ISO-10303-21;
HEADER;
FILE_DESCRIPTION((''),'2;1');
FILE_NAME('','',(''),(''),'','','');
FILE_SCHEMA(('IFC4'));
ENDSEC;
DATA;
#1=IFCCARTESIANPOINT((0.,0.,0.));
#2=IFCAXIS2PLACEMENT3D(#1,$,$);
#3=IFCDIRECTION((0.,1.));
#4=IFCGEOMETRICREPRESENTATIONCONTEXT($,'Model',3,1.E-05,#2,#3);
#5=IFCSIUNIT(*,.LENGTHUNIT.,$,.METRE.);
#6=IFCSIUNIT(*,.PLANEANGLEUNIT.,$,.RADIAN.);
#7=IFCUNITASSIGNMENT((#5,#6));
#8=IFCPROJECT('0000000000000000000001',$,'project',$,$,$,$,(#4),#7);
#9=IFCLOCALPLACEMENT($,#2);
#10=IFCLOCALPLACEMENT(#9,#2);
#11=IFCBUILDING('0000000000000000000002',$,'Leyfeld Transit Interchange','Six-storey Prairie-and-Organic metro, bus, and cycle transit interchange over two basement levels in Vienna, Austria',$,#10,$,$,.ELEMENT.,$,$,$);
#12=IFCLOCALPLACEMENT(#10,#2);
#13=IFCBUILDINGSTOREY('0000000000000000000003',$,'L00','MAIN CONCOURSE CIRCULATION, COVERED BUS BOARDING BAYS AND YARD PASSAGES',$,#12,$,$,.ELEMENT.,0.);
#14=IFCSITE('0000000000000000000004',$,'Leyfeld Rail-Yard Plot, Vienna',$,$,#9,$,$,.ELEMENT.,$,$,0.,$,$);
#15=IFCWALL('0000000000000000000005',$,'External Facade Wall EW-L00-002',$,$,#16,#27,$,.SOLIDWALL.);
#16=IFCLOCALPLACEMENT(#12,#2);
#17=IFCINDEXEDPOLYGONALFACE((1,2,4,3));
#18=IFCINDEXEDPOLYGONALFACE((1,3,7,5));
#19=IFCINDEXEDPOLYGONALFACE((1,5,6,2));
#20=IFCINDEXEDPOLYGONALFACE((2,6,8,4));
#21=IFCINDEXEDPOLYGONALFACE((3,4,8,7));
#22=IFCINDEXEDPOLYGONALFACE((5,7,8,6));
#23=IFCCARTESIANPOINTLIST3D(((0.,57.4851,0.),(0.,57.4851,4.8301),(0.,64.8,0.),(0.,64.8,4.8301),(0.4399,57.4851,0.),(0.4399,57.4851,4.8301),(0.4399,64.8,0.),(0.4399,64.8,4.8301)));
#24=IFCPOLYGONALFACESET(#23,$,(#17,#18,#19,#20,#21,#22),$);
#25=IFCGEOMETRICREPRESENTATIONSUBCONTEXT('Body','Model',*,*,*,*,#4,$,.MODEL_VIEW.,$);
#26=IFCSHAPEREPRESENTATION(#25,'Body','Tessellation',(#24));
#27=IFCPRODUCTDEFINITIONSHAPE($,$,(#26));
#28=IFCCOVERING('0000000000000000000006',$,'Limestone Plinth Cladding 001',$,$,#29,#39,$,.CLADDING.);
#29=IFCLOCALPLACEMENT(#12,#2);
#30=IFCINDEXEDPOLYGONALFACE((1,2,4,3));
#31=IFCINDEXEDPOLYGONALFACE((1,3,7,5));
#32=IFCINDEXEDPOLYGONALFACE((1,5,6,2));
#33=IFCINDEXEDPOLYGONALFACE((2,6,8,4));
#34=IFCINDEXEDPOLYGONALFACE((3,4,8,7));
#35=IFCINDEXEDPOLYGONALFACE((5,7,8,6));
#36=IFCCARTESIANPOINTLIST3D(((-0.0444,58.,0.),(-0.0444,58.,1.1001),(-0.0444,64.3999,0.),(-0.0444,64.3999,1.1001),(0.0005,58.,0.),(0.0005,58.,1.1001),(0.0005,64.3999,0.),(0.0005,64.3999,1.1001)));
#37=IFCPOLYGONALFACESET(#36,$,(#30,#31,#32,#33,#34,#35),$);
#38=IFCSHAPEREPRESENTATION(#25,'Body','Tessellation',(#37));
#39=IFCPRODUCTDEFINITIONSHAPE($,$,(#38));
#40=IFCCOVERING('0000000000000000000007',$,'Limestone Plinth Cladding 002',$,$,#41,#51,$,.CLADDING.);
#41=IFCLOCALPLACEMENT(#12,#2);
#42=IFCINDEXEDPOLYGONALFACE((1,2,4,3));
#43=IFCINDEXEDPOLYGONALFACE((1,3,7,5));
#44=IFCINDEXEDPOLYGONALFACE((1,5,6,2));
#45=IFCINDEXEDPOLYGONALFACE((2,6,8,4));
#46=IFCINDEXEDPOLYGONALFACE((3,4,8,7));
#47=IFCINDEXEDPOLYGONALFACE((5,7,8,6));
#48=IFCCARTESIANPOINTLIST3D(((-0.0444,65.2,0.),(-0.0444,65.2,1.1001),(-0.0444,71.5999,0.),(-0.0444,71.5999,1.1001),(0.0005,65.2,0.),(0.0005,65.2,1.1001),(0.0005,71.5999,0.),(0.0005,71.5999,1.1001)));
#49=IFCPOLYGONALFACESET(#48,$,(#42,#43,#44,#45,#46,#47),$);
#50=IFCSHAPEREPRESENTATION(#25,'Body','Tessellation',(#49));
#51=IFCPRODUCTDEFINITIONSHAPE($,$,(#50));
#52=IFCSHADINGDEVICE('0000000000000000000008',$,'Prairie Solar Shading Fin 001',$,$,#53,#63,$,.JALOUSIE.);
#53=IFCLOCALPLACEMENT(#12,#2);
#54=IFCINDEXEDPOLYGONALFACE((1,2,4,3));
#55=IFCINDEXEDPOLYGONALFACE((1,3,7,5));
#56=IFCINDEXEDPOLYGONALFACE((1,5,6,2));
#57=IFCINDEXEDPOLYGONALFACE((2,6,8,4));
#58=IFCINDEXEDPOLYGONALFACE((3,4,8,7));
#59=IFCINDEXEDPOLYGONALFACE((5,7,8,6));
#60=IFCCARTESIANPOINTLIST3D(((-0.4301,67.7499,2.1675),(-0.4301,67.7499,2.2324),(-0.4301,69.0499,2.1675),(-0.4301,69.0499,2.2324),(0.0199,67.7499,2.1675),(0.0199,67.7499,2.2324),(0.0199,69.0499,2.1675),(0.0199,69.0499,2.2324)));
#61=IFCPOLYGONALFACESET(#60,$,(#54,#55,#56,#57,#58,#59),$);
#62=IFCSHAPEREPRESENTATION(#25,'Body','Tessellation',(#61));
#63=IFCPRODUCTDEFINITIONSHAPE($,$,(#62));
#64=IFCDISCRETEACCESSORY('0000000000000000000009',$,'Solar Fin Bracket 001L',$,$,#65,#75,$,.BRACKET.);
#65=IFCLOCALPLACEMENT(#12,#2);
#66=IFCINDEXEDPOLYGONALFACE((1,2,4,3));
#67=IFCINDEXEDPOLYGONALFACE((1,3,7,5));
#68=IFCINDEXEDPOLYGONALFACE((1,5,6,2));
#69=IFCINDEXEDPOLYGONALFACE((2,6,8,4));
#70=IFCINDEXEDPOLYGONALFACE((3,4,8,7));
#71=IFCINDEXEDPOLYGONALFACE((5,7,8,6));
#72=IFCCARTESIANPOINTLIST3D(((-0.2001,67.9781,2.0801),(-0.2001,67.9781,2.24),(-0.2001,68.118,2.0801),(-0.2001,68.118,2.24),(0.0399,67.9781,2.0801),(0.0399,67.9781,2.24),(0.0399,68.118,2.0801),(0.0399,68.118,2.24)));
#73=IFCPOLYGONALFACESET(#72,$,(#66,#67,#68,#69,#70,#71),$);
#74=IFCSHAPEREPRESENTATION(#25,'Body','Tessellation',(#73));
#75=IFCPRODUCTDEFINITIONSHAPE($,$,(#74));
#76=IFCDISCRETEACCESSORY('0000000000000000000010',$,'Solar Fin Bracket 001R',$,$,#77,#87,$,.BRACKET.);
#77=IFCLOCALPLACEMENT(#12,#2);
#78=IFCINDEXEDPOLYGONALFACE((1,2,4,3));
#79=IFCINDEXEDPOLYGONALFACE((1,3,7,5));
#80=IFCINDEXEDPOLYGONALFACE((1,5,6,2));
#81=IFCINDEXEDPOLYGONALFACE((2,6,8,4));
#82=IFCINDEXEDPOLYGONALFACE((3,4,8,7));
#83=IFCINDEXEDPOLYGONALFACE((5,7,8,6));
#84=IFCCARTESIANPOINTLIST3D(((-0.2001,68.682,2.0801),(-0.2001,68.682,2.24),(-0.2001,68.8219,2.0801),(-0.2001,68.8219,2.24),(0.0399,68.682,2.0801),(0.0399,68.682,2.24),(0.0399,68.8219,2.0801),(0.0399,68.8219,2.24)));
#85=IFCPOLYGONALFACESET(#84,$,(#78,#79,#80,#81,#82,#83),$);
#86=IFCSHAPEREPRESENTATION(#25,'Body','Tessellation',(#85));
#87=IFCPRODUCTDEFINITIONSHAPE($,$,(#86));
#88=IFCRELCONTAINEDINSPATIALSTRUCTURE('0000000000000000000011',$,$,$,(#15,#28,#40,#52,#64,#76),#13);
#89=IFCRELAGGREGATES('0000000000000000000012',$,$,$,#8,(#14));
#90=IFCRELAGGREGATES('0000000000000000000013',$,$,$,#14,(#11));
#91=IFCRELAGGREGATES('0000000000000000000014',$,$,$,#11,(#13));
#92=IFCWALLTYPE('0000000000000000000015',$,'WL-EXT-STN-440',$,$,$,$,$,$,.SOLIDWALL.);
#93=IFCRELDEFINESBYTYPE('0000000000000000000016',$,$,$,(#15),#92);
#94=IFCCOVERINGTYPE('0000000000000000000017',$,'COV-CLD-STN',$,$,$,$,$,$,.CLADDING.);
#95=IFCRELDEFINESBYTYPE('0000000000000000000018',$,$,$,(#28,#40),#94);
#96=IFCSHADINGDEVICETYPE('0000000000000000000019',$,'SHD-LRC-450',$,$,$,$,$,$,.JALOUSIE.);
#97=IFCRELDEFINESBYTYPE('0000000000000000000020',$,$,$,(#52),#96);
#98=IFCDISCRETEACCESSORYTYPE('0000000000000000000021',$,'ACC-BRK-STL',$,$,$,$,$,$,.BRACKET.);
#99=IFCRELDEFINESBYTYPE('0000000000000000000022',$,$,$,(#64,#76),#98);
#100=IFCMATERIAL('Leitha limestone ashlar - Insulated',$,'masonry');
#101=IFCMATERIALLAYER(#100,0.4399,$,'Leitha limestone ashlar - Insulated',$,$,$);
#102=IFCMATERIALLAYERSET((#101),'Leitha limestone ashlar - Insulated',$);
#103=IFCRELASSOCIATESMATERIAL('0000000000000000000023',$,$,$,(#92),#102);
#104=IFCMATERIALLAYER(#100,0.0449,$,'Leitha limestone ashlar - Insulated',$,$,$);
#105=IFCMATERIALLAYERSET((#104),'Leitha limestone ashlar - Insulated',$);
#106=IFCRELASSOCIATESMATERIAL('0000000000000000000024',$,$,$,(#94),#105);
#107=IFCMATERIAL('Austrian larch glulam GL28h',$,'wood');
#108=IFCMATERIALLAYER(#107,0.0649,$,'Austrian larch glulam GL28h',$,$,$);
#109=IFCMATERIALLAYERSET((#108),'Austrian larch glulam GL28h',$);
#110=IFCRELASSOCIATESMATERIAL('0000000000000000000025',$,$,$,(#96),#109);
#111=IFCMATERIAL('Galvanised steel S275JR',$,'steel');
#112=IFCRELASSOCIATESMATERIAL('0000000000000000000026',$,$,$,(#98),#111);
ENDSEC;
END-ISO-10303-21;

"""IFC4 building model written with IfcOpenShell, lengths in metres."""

from ifc_helpers import new_model, si_unit, direction, frame, frame_2d, origin, origin_2d, place, context, subcontext, project, spatial, rectangle, extrude, material, layer, layer_set, type_object, element, save


model = new_model("IFC4")

# Units and contexts
model_context = context("Model", 3, precision=1e-05, world=origin(), true_north=direction((0.0, 1.0)))
body_context = subcontext(model_context, "Body", "Model", "MODEL_VIEW")
ifc_project = project(units=[si_unit("LENGTHUNIT", "METRE"), si_unit("PLANEANGLEUNIT", "RADIAN")], contexts=[model_context])

# Site, building, storey
site_placement = place(None, origin())
site = spatial("IfcSite", under=ifc_project, at=site_placement, Name="Leyfeld Rail-Yard Plot, Vienna", CompositionType="ELEMENT", RefElevation=0.0)
building_placement = place(site_placement, origin())
building = spatial("IfcBuilding", under=site, at=building_placement, Name="Leyfeld Transit Interchange", Description="Six-storey Prairie-and-Organic metro, bus, and cycle transit interchange over two basement levels in Vienna, Austria", CompositionType="ELEMENT")
storey_placement = place(building_placement, origin())
storey = spatial("IfcBuildingStorey", under=building, at=storey_placement, Name="L00", Description="MAIN CONCOURSE CIRCULATION, COVERED BUS BOARDING BAYS AND YARD PASSAGES", CompositionType="ELEMENT", Elevation=0.0)

# Wall
ifc_material_1 = material(Name="Leitha limestone ashlar - Insulated", Category="masonry")
ifc_layer_1 = layer(ifc_material_1, 0.4399, Name="Leitha limestone ashlar - Insulated")
ifc_layer_set_1 = layer_set([ifc_layer_1], Name="Leitha limestone ashlar - Insulated")
wall_type_1 = type_object("IfcWallType", Name="WL-EXT-STN-440", PredefinedType="SOLIDWALL", material=ifc_layer_set_1)
wall_1_placement = place(storey_placement, frame((0.22, 57.4851, 0.0), z_axis=(0.0, 0.0, 1.0), x_axis=(0.0, 1.0, 0.0)))
element("IfcWall", 1, at=wall_1_placement, inside=storey, type_object=wall_type_1, Name="External Facade Wall EW-L00-002", PredefinedType="SOLIDWALL", context=body_context, shape_type="SweptSolid", body=[
    extrude(rectangle(XDim=7.3149, YDim=0.4399, at=frame_2d((3.6575, 0.0))), origin(), (0.0, 0.0, 1.0), 4.8301),
])

# Coverings
ifc_layer_2 = layer(ifc_material_1, 0.0449, Name="Leitha limestone ashlar - Insulated")
ifc_layer_set_2 = layer_set([ifc_layer_2], Name="Leitha limestone ashlar - Insulated")
covering_type = type_object("IfcCoveringType", Name="COV-CLD-STN", PredefinedType="CLADDING", material=ifc_layer_set_2)
for number, where, z_axis, x_axis, name in (
    (2, (-0.022, 61.2, 0.0), (0.0, 0.0, 1.0), (0.0, 1.0, 0.0), "Limestone Plinth Cladding 001"),
    (3, (-0.022, 68.3999, 0.0), (0.0, 0.0, 1.0), (0.0, 1.0, 0.0), "Limestone Plinth Cladding 002"),
):
    element("IfcCovering", number, at=place(storey_placement, frame(where, z_axis=z_axis, x_axis=x_axis)), inside=storey, type_object=covering_type, Name=name, PredefinedType="CLADDING", context=body_context, shape_type="SweptSolid", body=[
        extrude(rectangle(XDim=6.3999, YDim=0.0449, at=origin_2d()), origin(), (0.0, 0.0, 1.0), 1.1001),
    ])

# Shading device
ifc_material_2 = material(Name="Austrian larch glulam GL28h", Category="wood")
ifc_layer_3 = layer(ifc_material_2, 0.0649, Name="Austrian larch glulam GL28h")
ifc_layer_set_3 = layer_set([ifc_layer_3], Name="Austrian larch glulam GL28h")
shading_device_type = type_object("IfcShadingDeviceType", Name="SHD-LRC-450", PredefinedType="JALOUSIE", material=ifc_layer_set_3)
shading_device_placement = place(storey_placement, frame((-0.2051, 68.3999, 2.1675), z_axis=(0.0, 0.0, 1.0), x_axis=(0.0, 1.0, 0.0)))
element("IfcShadingDevice", 4, at=shading_device_placement, inside=storey, type_object=shading_device_type, Name="Prairie Solar Shading Fin 001", PredefinedType="JALOUSIE", context=body_context, shape_type="SweptSolid", body=[
    extrude(rectangle(XDim=1.3, YDim=0.45, at=origin_2d()), origin(), (0.0, 0.0, 1.0), 0.0649),
])

# Discrete accessories
ifc_material_3 = material(Name="Galvanised steel S275JR", Category="steel")
discrete_accessory_type = type_object("IfcDiscreteAccessoryType", Name="ACC-BRK-STL", PredefinedType="BRACKET", material=ifc_material_3)
for number, where, z_axis, x_axis, name in (
    (5, (-0.0801, 68.0481, 2.0801), (0.0, 0.0, 1.0), (0.0, 1.0, 0.0), "Solar Fin Bracket 001L"),
    (6, (-0.0801, 68.752, 2.0801), (0.0, 0.0, 1.0), (0.0, 1.0, 0.0), "Solar Fin Bracket 001R"),
):
    element("IfcDiscreteAccessory", number, at=place(storey_placement, frame(where, z_axis=z_axis, x_axis=x_axis)), inside=storey, type_object=discrete_accessory_type, Name=name, PredefinedType="BRACKET", context=body_context, shape_type="SweptSolid", body=[
        extrude(rectangle(XDim=0.1399, YDim=0.24, at=origin_2d()), origin(), (0.0, 0.0, 1.0), 0.1599),
    ])

save(model, "model.ifc")
